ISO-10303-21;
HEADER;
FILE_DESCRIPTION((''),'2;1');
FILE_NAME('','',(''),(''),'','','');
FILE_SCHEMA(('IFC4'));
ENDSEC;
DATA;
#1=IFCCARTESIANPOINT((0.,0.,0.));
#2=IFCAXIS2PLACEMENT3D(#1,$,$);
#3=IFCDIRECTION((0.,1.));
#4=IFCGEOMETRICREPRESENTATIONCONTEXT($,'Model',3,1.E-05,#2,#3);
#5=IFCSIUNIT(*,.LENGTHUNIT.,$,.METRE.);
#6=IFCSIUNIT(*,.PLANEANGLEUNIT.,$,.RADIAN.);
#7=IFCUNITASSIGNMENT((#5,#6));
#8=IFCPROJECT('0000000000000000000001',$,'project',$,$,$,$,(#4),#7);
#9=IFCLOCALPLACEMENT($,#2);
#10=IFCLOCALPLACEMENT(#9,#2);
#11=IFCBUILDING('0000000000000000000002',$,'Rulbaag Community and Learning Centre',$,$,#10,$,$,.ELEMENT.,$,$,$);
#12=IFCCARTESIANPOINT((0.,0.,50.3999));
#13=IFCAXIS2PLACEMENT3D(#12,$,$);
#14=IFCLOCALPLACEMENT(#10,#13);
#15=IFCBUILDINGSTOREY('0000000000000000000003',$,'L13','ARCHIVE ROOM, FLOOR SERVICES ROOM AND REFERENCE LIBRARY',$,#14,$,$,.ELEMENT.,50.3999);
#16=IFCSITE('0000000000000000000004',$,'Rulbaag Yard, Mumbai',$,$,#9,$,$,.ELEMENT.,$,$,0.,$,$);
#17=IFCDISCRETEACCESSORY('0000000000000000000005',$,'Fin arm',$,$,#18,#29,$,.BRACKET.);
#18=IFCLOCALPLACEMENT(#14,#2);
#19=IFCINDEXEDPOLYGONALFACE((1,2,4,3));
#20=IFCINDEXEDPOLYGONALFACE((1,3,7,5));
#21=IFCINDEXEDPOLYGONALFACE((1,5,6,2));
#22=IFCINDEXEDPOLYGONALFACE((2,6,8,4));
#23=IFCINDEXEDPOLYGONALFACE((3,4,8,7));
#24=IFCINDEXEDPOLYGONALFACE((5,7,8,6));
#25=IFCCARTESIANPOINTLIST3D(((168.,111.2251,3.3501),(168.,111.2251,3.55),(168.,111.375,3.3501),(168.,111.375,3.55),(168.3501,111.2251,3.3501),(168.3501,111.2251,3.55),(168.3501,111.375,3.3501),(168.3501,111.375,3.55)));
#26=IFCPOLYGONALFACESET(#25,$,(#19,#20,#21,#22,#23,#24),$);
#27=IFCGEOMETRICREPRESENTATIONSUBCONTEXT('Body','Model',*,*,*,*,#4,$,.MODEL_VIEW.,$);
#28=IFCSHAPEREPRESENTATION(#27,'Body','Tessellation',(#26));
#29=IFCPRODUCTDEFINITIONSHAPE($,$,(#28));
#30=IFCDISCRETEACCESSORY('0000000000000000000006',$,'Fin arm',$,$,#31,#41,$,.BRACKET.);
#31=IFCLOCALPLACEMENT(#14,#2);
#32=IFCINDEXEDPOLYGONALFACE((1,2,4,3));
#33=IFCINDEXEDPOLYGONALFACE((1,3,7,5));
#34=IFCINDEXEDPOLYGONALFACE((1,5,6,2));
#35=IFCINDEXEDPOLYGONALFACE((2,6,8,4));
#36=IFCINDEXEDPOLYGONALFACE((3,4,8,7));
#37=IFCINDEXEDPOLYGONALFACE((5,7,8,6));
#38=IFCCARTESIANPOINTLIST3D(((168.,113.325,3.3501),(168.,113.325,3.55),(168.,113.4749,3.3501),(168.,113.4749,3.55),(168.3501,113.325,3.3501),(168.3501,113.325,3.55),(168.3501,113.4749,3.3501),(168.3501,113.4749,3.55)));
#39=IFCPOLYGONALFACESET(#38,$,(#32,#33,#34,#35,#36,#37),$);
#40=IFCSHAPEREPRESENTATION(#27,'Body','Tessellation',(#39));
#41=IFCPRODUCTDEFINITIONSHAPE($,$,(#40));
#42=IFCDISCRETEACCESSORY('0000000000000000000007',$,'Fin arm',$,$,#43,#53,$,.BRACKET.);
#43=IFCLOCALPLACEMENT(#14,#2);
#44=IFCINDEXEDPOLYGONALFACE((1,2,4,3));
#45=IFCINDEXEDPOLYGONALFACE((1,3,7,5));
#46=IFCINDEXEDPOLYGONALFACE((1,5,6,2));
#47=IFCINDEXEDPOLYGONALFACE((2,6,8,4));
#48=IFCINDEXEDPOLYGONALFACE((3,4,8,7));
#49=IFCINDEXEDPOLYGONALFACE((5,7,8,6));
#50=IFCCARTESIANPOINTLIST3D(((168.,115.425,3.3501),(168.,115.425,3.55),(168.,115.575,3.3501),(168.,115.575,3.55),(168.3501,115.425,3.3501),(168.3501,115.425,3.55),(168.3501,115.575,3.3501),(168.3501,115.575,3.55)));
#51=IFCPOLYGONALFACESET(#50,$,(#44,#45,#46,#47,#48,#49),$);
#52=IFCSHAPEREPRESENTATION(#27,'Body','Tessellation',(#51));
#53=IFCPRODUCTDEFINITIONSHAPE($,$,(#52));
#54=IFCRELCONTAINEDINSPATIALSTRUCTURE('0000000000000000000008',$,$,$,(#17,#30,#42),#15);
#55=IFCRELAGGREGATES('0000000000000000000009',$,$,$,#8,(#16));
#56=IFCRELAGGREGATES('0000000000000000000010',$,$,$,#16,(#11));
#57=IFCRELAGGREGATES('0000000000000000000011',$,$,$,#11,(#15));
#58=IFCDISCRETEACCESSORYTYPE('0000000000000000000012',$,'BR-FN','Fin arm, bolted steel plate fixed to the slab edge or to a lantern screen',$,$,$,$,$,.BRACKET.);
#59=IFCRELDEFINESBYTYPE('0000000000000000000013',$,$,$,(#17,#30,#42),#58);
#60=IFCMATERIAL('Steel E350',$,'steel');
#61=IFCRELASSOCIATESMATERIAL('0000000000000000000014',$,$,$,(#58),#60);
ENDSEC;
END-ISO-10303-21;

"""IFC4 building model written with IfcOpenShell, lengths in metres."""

from ifc_helpers import new_model, si_unit, direction, frame, origin, origin_2d, place, context, subcontext, project, spatial, rectangle, extrude, material, type_object, element, save


model = new_model("IFC4")

# Units and contexts
model_context = context("Model", 3, precision=1e-05, world=origin(), true_north=direction((0.0, 1.0)))
body_context = subcontext(model_context, "Body", "Model", "MODEL_VIEW")
ifc_project = project(units=[si_unit("LENGTHUNIT", "METRE"), si_unit("PLANEANGLEUNIT", "RADIAN")], contexts=[model_context])

# Site, building, storey
site_placement = place(None, origin())
site = spatial("IfcSite", under=ifc_project, at=site_placement, Name="Rulbaag Yard, Mumbai", CompositionType="ELEMENT", RefElevation=0.0)
building_placement = place(site_placement, origin())
building = spatial("IfcBuilding", under=site, at=building_placement, Name="Rulbaag Community and Learning Centre", CompositionType="ELEMENT")
storey_placement = place(building_placement, frame((0.0, 0.0, 50.3999)))
storey = spatial("IfcBuildingStorey", under=building, at=storey_placement, Name="L13", Description="ARCHIVE ROOM, FLOOR SERVICES ROOM AND REFERENCE LIBRARY", CompositionType="ELEMENT", Elevation=50.3999)

# Discrete accessories
ifc_material_1 = material(Name="Steel E350", Category="steel")
discrete_accessory_type = type_object("IfcDiscreteAccessoryType", Name="BR-FN", Description="Fin arm, bolted steel plate fixed to the slab edge or to a lantern screen", PredefinedType="BRACKET", material=ifc_material_1)
for number, where, z_axis, x_axis, name in (
    (1, (168.175, 111.3, 3.3501), (0.0, 0.0, 1.0), (1.0, 0.0, 0.0), "Fin arm"),
    (2, (168.175, 113.3999, 3.3501), (0.0, 0.0, 1.0), (1.0, 0.0, 0.0), "Fin arm"),
    (3, (168.175, 115.5, 3.3501), (0.0, 0.0, 1.0), (1.0, 0.0, 0.0), "Fin arm"),
):
    element("IfcDiscreteAccessory", number, at=place(storey_placement, frame(where, z_axis=z_axis, x_axis=x_axis)), inside=storey, type_object=discrete_accessory_type, Name=name, PredefinedType="BRACKET", context=body_context, shape_type="SweptSolid", body=[
        extrude(rectangle(XDim=0.3501, YDim=0.1499, at=origin_2d()), origin(), (0.0, 0.0, 1.0), 0.2),
    ])

save(model, "model.ifc")
